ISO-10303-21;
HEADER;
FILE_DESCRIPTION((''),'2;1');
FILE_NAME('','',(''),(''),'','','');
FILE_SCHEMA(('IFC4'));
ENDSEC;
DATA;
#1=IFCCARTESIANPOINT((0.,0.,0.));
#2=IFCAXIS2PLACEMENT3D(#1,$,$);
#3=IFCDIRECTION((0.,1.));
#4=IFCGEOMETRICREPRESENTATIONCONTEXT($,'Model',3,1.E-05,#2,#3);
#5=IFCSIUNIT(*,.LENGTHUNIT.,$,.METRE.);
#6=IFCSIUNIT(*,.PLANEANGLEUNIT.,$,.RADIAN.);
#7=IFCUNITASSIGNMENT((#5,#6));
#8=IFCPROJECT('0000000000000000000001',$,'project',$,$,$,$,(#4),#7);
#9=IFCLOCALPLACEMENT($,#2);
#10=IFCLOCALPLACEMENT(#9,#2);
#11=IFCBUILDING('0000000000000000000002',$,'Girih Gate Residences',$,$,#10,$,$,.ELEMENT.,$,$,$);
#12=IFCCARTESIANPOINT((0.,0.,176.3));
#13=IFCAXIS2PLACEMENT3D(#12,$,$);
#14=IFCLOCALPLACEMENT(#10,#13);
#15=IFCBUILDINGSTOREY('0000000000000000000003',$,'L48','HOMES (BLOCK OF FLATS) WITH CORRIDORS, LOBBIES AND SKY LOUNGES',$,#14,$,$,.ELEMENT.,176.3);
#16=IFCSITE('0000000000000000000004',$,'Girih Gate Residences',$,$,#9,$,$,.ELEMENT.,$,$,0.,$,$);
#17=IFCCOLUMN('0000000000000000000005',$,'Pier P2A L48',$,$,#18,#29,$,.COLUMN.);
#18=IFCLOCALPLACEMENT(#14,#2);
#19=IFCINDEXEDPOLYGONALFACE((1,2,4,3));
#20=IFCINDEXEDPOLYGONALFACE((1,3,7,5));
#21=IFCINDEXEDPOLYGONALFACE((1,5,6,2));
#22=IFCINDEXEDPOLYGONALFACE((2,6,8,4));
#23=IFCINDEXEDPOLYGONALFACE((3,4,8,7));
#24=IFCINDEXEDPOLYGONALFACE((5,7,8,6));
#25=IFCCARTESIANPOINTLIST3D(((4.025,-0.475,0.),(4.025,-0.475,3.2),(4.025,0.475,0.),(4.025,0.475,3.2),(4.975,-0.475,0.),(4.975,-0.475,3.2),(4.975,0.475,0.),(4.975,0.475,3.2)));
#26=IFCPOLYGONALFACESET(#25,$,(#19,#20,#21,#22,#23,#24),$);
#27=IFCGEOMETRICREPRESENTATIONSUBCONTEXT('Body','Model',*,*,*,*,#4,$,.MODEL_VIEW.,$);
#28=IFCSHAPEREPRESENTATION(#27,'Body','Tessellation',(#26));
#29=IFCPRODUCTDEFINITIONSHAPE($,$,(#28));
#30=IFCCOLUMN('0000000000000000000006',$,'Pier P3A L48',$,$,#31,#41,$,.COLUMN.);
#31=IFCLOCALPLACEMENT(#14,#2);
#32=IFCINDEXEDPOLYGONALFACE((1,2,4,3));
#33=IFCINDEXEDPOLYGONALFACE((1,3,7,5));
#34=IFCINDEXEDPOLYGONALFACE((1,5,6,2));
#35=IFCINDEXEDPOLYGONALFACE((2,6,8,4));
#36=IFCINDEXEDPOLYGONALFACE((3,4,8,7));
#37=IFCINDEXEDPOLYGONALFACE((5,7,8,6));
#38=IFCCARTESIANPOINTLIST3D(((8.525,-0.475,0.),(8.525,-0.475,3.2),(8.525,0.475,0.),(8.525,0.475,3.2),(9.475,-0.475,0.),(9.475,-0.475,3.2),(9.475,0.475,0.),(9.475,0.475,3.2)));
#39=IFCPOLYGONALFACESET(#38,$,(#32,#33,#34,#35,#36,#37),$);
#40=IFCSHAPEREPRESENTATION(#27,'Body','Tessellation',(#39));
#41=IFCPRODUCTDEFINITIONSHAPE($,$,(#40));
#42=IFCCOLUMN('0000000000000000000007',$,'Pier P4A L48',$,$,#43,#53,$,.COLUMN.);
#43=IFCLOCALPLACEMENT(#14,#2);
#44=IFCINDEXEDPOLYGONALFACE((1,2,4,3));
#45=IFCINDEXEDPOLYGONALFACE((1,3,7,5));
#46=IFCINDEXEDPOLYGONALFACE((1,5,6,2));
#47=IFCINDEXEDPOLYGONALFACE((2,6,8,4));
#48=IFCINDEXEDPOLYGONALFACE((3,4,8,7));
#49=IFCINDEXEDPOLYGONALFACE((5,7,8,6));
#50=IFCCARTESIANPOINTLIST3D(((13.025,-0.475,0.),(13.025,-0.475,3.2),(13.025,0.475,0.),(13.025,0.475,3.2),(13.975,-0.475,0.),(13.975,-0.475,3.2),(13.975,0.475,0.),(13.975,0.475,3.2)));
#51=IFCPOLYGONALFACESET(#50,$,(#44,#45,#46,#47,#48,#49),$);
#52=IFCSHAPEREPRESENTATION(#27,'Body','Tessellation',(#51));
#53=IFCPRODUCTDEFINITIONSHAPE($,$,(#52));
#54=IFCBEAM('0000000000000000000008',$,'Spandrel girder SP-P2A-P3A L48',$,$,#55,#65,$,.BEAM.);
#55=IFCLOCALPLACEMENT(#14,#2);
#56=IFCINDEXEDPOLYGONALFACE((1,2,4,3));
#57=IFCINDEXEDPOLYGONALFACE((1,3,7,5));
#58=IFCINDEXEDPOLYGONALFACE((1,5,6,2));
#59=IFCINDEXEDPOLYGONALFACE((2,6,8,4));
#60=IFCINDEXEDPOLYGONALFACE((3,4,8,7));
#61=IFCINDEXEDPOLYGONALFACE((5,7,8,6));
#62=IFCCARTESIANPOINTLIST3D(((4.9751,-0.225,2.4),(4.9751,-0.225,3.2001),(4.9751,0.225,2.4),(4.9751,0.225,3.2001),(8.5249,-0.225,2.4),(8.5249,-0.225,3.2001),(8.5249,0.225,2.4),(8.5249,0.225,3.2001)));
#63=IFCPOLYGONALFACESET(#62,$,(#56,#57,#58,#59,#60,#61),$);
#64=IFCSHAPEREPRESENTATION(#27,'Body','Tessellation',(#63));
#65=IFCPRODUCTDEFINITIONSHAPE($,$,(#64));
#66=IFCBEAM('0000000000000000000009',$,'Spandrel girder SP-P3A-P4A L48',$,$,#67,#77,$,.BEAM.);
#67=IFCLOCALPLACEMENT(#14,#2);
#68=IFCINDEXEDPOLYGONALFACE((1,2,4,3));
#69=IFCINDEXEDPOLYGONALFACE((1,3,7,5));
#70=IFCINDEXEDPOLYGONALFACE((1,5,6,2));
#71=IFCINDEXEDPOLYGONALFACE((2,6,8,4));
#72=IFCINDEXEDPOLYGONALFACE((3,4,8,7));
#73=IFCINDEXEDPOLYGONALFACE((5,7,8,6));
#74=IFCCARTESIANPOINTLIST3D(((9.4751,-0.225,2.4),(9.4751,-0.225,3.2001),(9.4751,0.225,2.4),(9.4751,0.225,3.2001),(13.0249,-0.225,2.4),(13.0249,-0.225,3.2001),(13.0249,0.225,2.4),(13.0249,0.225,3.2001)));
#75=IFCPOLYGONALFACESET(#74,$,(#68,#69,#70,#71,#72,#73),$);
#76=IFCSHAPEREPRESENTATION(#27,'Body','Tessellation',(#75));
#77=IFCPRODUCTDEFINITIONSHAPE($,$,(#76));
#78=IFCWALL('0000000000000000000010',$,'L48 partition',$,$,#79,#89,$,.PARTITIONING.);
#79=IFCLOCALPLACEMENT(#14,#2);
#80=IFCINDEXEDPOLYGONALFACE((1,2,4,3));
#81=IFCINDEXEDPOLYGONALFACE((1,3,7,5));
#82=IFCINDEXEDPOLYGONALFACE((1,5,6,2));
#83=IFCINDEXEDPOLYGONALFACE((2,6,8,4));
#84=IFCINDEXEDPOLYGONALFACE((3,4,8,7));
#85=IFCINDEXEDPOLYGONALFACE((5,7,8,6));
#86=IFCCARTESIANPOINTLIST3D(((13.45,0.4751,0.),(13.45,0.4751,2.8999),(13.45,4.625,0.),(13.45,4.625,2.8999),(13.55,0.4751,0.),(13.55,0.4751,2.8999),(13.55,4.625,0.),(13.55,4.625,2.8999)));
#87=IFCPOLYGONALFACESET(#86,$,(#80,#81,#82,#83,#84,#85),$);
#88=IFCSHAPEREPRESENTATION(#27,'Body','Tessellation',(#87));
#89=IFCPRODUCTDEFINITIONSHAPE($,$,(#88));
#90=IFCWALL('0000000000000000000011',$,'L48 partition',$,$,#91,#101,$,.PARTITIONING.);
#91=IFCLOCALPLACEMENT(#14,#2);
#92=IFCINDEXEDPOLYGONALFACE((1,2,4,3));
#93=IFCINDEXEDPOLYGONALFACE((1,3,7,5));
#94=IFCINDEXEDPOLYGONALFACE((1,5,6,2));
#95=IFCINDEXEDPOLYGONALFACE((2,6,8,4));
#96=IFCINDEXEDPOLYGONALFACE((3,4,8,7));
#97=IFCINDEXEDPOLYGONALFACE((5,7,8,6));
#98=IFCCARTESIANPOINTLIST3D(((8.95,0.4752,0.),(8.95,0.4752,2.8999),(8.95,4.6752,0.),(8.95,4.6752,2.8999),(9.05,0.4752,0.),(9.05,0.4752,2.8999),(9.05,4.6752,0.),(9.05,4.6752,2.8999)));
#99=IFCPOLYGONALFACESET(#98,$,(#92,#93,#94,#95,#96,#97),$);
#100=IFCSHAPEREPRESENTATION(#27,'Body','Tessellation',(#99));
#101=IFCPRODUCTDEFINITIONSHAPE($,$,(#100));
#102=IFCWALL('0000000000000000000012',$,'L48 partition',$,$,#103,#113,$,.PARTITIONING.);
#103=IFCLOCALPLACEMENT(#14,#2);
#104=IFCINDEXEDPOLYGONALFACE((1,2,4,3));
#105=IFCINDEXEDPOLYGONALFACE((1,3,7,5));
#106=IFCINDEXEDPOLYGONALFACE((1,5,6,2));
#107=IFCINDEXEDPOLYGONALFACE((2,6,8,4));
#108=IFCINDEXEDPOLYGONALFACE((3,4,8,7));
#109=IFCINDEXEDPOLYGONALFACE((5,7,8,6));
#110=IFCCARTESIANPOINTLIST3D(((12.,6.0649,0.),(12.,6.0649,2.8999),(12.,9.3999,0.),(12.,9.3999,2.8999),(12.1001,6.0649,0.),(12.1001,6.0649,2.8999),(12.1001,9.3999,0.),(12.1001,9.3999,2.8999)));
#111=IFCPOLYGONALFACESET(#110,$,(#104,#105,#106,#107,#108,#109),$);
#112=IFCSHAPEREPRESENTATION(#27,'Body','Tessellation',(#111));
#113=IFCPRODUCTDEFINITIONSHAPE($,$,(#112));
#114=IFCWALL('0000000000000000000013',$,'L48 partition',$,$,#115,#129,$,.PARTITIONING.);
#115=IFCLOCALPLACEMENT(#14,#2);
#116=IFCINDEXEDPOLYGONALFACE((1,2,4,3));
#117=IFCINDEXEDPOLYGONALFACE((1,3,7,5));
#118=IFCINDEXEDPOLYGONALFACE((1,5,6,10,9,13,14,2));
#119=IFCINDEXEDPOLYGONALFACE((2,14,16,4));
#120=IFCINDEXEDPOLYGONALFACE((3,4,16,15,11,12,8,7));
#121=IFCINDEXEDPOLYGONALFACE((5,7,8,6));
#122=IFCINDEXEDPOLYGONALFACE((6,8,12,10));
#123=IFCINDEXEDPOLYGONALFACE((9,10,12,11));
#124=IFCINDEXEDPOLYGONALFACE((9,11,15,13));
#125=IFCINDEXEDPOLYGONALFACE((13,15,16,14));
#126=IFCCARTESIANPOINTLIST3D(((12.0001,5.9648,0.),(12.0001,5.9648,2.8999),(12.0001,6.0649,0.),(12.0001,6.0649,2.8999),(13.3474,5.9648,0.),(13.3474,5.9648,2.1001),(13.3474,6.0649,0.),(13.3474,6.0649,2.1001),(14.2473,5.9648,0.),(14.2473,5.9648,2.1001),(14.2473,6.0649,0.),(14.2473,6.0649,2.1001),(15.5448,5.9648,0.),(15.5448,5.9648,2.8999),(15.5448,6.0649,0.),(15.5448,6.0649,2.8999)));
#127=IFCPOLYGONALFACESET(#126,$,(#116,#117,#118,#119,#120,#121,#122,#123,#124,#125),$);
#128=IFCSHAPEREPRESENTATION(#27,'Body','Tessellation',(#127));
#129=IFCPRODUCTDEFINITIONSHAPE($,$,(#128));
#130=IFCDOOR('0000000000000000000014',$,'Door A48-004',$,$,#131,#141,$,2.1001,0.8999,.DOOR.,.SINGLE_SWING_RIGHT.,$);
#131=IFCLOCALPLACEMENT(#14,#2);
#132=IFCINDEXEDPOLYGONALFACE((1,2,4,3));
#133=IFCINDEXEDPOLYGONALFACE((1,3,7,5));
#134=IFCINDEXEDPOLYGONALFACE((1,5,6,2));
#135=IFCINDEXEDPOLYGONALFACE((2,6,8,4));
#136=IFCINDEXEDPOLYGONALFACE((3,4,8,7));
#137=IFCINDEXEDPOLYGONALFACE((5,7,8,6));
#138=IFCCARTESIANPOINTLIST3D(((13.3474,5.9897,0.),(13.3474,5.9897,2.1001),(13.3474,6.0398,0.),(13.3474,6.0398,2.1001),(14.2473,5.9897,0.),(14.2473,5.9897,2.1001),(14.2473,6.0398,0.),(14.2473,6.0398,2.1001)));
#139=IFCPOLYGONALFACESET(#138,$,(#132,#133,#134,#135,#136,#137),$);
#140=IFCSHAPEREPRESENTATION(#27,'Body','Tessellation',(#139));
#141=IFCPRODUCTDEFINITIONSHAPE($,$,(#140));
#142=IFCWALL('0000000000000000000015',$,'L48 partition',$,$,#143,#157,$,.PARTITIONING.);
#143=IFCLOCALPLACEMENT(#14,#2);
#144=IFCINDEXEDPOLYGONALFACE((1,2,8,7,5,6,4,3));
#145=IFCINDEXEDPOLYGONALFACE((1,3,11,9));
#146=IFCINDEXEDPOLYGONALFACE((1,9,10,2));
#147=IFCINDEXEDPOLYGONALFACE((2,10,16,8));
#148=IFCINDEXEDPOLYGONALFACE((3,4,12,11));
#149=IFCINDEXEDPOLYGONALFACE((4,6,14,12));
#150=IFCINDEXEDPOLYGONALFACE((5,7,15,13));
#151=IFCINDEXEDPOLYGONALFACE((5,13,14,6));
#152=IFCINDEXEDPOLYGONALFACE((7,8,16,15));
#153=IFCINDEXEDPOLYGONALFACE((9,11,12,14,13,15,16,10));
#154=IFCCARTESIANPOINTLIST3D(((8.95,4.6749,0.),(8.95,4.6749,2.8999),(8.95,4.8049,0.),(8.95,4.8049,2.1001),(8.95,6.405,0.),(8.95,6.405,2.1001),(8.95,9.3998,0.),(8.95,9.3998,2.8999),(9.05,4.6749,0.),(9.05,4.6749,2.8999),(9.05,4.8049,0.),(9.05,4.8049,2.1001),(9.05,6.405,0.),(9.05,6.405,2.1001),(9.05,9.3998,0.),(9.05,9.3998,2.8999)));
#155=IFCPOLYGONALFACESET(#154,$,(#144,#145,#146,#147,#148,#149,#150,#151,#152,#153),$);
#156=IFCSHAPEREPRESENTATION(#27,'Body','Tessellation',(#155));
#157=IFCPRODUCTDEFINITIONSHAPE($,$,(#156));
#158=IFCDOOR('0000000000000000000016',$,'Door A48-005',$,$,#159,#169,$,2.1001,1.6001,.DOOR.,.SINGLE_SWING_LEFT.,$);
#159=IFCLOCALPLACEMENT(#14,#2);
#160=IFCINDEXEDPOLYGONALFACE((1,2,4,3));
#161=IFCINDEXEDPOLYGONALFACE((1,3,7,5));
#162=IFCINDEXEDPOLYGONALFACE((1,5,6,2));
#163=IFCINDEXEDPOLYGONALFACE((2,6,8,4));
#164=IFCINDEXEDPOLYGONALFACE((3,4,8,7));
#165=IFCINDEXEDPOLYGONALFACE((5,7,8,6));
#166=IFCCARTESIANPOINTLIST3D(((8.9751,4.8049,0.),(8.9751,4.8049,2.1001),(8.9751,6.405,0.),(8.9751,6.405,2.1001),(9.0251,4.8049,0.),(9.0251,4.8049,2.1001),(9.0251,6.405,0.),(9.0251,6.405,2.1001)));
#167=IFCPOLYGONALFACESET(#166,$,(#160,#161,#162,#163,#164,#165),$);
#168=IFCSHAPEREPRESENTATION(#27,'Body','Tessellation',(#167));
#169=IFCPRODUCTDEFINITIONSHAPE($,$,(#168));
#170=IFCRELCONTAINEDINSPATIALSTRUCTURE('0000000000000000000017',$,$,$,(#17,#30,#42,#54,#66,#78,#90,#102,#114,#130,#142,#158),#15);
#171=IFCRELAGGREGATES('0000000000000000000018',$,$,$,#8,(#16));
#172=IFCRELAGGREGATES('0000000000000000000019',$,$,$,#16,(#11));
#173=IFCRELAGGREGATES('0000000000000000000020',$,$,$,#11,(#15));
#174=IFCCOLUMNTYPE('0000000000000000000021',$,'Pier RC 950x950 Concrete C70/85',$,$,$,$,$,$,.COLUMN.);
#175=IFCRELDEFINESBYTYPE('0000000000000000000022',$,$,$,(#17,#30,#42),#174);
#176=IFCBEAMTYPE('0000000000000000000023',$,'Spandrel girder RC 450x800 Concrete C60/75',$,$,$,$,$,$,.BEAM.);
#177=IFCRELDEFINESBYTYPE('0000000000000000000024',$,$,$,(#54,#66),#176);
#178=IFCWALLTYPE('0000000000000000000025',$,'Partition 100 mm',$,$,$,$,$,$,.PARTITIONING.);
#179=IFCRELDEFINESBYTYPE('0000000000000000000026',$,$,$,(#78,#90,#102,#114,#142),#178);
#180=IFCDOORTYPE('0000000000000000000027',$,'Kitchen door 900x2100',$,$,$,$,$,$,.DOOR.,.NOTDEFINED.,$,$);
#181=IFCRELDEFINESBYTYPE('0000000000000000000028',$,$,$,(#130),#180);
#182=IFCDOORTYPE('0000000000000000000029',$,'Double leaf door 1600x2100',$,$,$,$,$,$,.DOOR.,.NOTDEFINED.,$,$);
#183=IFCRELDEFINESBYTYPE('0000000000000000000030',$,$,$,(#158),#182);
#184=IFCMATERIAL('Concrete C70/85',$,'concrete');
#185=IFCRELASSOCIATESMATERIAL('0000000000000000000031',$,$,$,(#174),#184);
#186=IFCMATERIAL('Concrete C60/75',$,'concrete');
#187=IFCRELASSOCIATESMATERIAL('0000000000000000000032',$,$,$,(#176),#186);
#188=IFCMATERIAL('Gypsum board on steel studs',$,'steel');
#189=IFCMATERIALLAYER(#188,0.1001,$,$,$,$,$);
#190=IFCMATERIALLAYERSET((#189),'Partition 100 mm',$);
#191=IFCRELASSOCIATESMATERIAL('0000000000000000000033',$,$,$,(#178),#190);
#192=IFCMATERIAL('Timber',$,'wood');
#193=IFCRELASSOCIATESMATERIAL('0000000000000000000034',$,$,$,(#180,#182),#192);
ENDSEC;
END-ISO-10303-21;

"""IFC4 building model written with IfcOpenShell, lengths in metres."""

from ifc_helpers import new_model, si_unit, direction, frame, frame_2d, origin, origin_2d, place, context, subcontext, project, spatial, rectangle, extrude, material, layer, layer_set, material_profile, profile_set, type_object, element, fill, save


model = new_model("IFC4")

# Units and contexts
model_context = context("Model", 3, precision=1e-05, world=origin(), true_north=direction((0.0, 1.0)))
body_context = subcontext(model_context, "Body", "Model", "MODEL_VIEW")
ifc_project = project(units=[si_unit("LENGTHUNIT", "METRE"), si_unit("PLANEANGLEUNIT", "RADIAN")], contexts=[model_context])

# Site, building, storey
site_placement = place(None, origin())
site = spatial("IfcSite", under=ifc_project, at=site_placement, Name="Girih Gate Residences", CompositionType="ELEMENT", RefElevation=0.0)
building_placement = place(site_placement, origin())
building = spatial("IfcBuilding", under=site, at=building_placement, Name="Girih Gate Residences", CompositionType="ELEMENT")
storey_placement = place(building_placement, frame((0.0, 0.0, 176.3)))
storey = spatial("IfcBuildingStorey", under=building, at=storey_placement, Name="L48", Description="HOMES (BLOCK OF FLATS) WITH CORRIDORS, LOBBIES AND SKY LOUNGES", CompositionType="ELEMENT", Elevation=176.3)

# Columns
ifc_material_1 = material(Name="Concrete C70/85", Category="concrete")
ifc_material_profile_1 = material_profile(ifc_material_1, rectangle(XDim=0.95, YDim=0.95, at=origin_2d()))
ifc_profile_set_1 = profile_set([ifc_material_profile_1], Name="Concrete C70/85")
column_type = type_object("IfcColumnType", Name="Pier RC 950x950 Concrete C70/85", PredefinedType="COLUMN", material=ifc_profile_set_1)
for number, where, z_axis, x_axis, name in (
    (1, (4.5, 0.0, 0.0), (0.0, 0.0, 1.0), (1.0, 0.0, 0.0), "Pier P2A L48"),
    (2, (9.0, 0.0, 0.0), (0.0, 0.0, 1.0), (1.0, 0.0, 0.0), "Pier P3A L48"),
    (3, (13.5, 0.0, 0.0), (0.0, 0.0, 1.0), (1.0, 0.0, 0.0), "Pier P4A L48"),
):
    element("IfcColumn", number, at=place(storey_placement, frame(where, z_axis=z_axis, x_axis=x_axis)), inside=storey, type_object=column_type, Name=name, PredefinedType="COLUMN", context=body_context, shape_type="SweptSolid", body=[
        extrude(rectangle(XDim=0.95, YDim=0.95, at=origin_2d()), origin(), (0.0, 0.0, 1.0), 3.2),
    ])

# Beams
ifc_material_2 = material(Name="Concrete C60/75", Category="concrete")
ifc_material_profile_2 = material_profile(ifc_material_2, rectangle(XDim=0.45, YDim=0.8, at=origin_2d()))
ifc_profile_set_2 = profile_set([ifc_material_profile_2], Name="Concrete C60/75")
beam_type = type_object("IfcBeamType", Name="Spandrel girder RC 450x800 Concrete C60/75", PredefinedType="BEAM", material=ifc_profile_set_2)
for number, where, z_axis, x_axis, name in (
    (4, (4.9751, 0.0, 2.8), (1.0, 0.0, 0.0), (0.0, 1.0, 0.0), "Spandrel girder SP-P2A-P3A L48"),
    (5, (9.4751, 0.0, 2.8), (1.0, 0.0, 0.0), (0.0, 1.0, 0.0), "Spandrel girder SP-P3A-P4A L48"),
):
    element("IfcBeam", number, at=place(storey_placement, frame(where, z_axis=z_axis, x_axis=x_axis)), inside=storey, type_object=beam_type, Name=name, PredefinedType="BEAM", context=body_context, shape_type="SweptSolid", body=[
        extrude(rectangle(XDim=0.45, YDim=0.8, at=origin_2d()), origin(), (0.0, 0.0, 1.0), 3.5498),
    ])

# Walls
ifc_material_3 = material(Name="Gypsum board on steel studs", Category="steel")
ifc_layer_1 = layer(ifc_material_3, 0.1001)
ifc_layer_set_1 = layer_set([ifc_layer_1], Name="Partition 100 mm")
wall_type_1 = type_object("IfcWallType", Name="Partition 100 mm", PredefinedType="PARTITIONING", material=ifc_layer_set_1)
wall_1_placement = place(storey_placement, frame((13.5, 0.4751, 0.0), z_axis=(0.0, 0.0, 1.0), x_axis=(0.0, 1.0, 0.0)))
element("IfcWall", 6, at=wall_1_placement, inside=storey, type_object=wall_type_1, Name="L48 partition", PredefinedType="PARTITIONING", context=body_context, shape_type="SweptSolid", body=[
    extrude(rectangle(XDim=4.1499, YDim=0.1001, at=frame_2d((2.075, 0.0))), origin(), (0.0, 0.0, 1.0), 2.8999),
])
wall_2_placement = place(storey_placement, frame((9.0, 0.4751, 0.0), z_axis=(0.0, 0.0, 1.0), x_axis=(0.0, 1.0, 0.0)))
element("IfcWall", 7, at=wall_2_placement, inside=storey, type_object=wall_type_1, Name="L48 partition", PredefinedType="PARTITIONING", context=body_context, shape_type="SweptSolid", body=[
    extrude(rectangle(XDim=4.2, YDim=0.1001, at=frame_2d((2.1001, 0.0))), origin(), (0.0, 0.0, 1.0), 2.8999),
])
wall_3_placement = place(storey_placement, frame((12.05, 6.0649, 0.0), z_axis=(0.0, 0.0, 1.0), x_axis=(0.0, 1.0, 0.0)))
element("IfcWall", 8, at=wall_3_placement, inside=storey, type_object=wall_type_1, Name="L48 partition", PredefinedType="PARTITIONING", context=body_context, shape_type="SweptSolid", body=[
    extrude(rectangle(XDim=3.335, YDim=0.1001, at=frame_2d((1.6675, 0.0))), origin(), (0.0, 0.0, 1.0), 2.8999),
])

# Walls, openings, doors
wall_4_placement = place(storey_placement, frame((12.0, 6.0149, 0.0), z_axis=(0.0, 0.0, 1.0), x_axis=(1.0, 0.0, 0.0)))
wall_4 = element("IfcWall", 9, at=wall_4_placement, inside=storey, type_object=wall_type_1, Name="L48 partition", PredefinedType="PARTITIONING", context=body_context, shape_type="SweptSolid", body=[
    extrude(rectangle(XDim=3.5447, YDim=0.1001, at=frame_2d((1.7725, 0.0))), origin(), (0.0, 0.0, 1.0), 2.8999),
])
opening_1_placement = place(wall_4_placement, frame((1.3474, 0.0, 0.0)))
opening_1 = element("IfcOpeningElement", 10, at=opening_1_placement, cuts=wall_4, PredefinedType="OPENING", context=body_context, shape_type="SweptSolid", body=[
    extrude(rectangle(XDim=0.8999, YDim=2.1001, at=frame_2d((0.45, 1.05))), frame((0.0, 0.0601, 0.0), z_axis=(0.0, -1.0, 0.0), x_axis=(1.0, 0.0, 0.0)), (0.0, 0.0, 1.0), 0.1201),
])
ifc_material_4 = material(Name="Timber", Category="wood")
door_type_1 = type_object("IfcDoorType", Name="Kitchen door 900x2100", OperationType="NOTDEFINED", PredefinedType="DOOR", material=ifc_material_4)
door_1_placement = place(opening_1_placement, origin())
door_1 = element("IfcDoor", 11, at=door_1_placement, inside=storey, type_object=door_type_1, Name="Door A48-004", OperationType="SINGLE_SWING_RIGHT", OverallHeight=2.1001, OverallWidth=0.8999, PredefinedType="DOOR", context=body_context, shape_type="SweptSolid", body=[
    extrude(rectangle(XDim=0.8999, YDim=2.1001, at=frame_2d((0.45, 1.05))), frame((0.0, 0.0249, 0.0), z_axis=(0.0, -1.0, 0.0), x_axis=(1.0, 0.0, 0.0)), (0.0, 0.0, 1.0), 0.05),
])
fill(opening_1, door_1)
wall_5_placement = place(storey_placement, frame((9.0, 4.675, 0.0), z_axis=(0.0, 0.0, 1.0), x_axis=(0.0, 1.0, 0.0)))
wall_5 = element("IfcWall", 12, at=wall_5_placement, inside=storey, type_object=wall_type_1, Name="L48 partition", PredefinedType="PARTITIONING", context=body_context, shape_type="SweptSolid", body=[
    extrude(rectangle(XDim=4.7249, YDim=0.1001, at=frame_2d((2.3623, 0.0))), origin(), (0.0, 0.0, 1.0), 2.8999),
])
opening_2_placement = place(wall_5_placement, frame((0.1299, 0.0, 0.0)))
opening_2 = element("IfcOpeningElement", 13, at=opening_2_placement, cuts=wall_5, PredefinedType="OPENING", context=body_context, shape_type="SweptSolid", body=[
    extrude(rectangle(XDim=1.6001, YDim=2.1001, at=frame_2d((0.8, 1.05))), frame((0.0, 0.0601, 0.0), z_axis=(0.0, -1.0, 0.0), x_axis=(1.0, 0.0, 0.0)), (0.0, 0.0, 1.0), 0.1201),
])
door_type_2 = type_object("IfcDoorType", Name="Double leaf door 1600x2100", OperationType="NOTDEFINED", PredefinedType="DOOR", material=ifc_material_4)
door_2_placement = place(opening_2_placement, origin())
door_2 = element("IfcDoor", 14, at=door_2_placement, inside=storey, type_object=door_type_2, Name="Door A48-005", OperationType="SINGLE_SWING_LEFT", OverallHeight=2.1001, OverallWidth=1.6001, PredefinedType="DOOR", context=body_context, shape_type="SweptSolid", body=[
    extrude(rectangle(XDim=1.6001, YDim=2.1001, at=frame_2d((0.8, 1.05))), frame((0.0, 0.0249, 0.0), z_axis=(0.0, -1.0, 0.0), x_axis=(1.0, 0.0, 0.0)), (0.0, 0.0, 1.0), 0.05),
])
fill(opening_2, door_2)

save(model, "model.ifc")
